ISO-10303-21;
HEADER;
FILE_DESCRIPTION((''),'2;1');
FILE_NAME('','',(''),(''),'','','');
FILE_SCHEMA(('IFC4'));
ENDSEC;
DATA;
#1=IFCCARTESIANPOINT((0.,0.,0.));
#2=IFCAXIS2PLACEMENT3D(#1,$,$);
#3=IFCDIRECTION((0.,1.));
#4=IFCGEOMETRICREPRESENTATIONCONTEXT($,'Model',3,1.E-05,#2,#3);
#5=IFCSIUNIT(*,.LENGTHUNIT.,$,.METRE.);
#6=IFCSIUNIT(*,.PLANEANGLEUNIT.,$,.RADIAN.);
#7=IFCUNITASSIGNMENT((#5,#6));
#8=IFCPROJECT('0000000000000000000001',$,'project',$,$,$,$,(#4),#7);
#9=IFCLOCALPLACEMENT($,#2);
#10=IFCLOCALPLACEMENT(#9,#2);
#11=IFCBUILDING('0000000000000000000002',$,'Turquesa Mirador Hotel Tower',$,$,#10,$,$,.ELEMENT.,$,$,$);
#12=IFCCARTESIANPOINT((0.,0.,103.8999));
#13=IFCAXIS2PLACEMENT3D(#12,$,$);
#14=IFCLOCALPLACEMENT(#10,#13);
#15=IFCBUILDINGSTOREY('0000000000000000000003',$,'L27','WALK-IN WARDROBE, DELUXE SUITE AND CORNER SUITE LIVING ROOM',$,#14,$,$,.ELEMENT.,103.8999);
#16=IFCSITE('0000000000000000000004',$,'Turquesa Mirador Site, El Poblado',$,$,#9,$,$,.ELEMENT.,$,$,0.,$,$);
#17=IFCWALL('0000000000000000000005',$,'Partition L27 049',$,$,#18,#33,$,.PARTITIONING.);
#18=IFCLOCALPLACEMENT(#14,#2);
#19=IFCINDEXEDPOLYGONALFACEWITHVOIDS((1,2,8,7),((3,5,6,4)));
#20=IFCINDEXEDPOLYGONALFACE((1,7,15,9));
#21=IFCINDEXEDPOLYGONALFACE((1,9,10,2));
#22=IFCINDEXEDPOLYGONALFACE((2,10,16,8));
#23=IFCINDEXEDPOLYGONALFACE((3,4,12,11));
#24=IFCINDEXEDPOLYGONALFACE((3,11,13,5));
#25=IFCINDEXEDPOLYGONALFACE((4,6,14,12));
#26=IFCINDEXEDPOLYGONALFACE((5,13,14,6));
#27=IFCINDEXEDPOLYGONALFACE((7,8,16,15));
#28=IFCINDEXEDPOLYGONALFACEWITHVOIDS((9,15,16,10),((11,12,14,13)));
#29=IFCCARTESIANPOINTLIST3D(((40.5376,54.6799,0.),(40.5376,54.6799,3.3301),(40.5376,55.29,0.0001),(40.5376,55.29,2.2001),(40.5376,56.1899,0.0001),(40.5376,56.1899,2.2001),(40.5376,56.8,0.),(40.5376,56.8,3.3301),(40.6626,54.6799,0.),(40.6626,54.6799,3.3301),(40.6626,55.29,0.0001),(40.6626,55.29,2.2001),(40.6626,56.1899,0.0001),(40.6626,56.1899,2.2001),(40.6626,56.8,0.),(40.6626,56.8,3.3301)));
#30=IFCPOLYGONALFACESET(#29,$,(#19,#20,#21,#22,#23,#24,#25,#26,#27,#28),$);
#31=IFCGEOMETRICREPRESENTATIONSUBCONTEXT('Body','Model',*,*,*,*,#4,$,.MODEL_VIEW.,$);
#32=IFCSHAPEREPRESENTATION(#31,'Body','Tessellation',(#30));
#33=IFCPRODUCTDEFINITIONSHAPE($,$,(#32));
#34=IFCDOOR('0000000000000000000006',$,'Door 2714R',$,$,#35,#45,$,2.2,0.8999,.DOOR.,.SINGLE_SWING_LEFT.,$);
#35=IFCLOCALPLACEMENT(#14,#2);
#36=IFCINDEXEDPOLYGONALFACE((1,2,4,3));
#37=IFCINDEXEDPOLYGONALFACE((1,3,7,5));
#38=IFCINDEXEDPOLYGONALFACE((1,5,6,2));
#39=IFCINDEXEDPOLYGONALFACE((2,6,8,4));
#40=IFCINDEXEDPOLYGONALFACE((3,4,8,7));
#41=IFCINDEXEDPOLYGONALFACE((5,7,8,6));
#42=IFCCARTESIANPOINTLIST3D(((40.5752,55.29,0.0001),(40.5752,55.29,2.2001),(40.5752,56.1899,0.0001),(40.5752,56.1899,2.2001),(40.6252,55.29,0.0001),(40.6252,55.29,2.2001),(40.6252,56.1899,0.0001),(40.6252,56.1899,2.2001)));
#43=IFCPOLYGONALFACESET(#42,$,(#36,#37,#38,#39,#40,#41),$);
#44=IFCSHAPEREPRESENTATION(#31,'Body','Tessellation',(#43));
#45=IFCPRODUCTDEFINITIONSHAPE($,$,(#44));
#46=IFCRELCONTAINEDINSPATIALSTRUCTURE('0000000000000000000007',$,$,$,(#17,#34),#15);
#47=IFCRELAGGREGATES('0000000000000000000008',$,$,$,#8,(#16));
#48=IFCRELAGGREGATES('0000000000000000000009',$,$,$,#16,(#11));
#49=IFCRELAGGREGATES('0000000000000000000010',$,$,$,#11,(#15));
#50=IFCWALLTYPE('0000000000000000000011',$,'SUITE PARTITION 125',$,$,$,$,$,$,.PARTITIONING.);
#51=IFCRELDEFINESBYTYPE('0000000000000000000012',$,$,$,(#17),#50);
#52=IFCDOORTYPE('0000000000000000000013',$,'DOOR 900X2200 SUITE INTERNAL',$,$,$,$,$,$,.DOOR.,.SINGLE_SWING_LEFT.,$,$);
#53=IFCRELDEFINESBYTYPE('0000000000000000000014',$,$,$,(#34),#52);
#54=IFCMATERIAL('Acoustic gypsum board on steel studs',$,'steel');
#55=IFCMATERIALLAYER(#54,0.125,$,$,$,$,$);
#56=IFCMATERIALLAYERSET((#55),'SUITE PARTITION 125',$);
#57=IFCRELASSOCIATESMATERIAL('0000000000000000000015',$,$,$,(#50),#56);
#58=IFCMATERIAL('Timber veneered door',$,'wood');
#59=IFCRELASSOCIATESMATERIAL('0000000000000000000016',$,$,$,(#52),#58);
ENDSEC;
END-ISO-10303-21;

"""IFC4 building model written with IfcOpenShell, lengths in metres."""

from ifc_helpers import new_model, si_unit, direction, frame, frame_2d, origin, place, context, subcontext, project, spatial, rectangle, extrude, material, layer, layer_set, type_object, element, fill, save


model = new_model("IFC4")

# Units and contexts
model_context = context("Model", 3, precision=1e-05, world=origin(), true_north=direction((0.0, 1.0)))
body_context = subcontext(model_context, "Body", "Model", "MODEL_VIEW")
ifc_project = project(units=[si_unit("LENGTHUNIT", "METRE"), si_unit("PLANEANGLEUNIT", "RADIAN")], contexts=[model_context])

# Site, building, storey
site_placement = place(None, origin())
site = spatial("IfcSite", under=ifc_project, at=site_placement, Name="Turquesa Mirador Site, El Poblado", CompositionType="ELEMENT", RefElevation=0.0)
building_placement = place(site_placement, origin())
building = spatial("IfcBuilding", under=site, at=building_placement, Name="Turquesa Mirador Hotel Tower", CompositionType="ELEMENT")
storey_placement = place(building_placement, frame((0.0, 0.0, 103.8999)))
storey = spatial("IfcBuildingStorey", under=building, at=storey_placement, Name="L27", Description="WALK-IN WARDROBE, DELUXE SUITE AND CORNER SUITE LIVING ROOM", CompositionType="ELEMENT", Elevation=103.8999)

# Wall, opening, door
ifc_material_1 = material(Name="Acoustic gypsum board on steel studs", Category="steel")
ifc_layer_1 = layer(ifc_material_1, 0.125)
ifc_layer_set_1 = layer_set([ifc_layer_1], Name="SUITE PARTITION 125")
wall_type_1 = type_object("IfcWallType", Name="SUITE PARTITION 125", PredefinedType="PARTITIONING", material=ifc_layer_set_1)
ifc_material_2 = material(Name="Timber veneered door", Category="wood")
door_type_1 = type_object("IfcDoorType", Name="DOOR 900X2200 SUITE INTERNAL", OperationType="SINGLE_SWING_LEFT", PredefinedType="DOOR", material=ifc_material_2)
wall_1_placement = place(storey_placement, frame((40.6001, 54.6799, 0.0), z_axis=(0.0, 0.0, 1.0), x_axis=(0.0, 1.0, 0.0)))
wall_1 = element("IfcWall", 1, at=wall_1_placement, inside=storey, type_object=wall_type_1, Name="Partition L27 049", PredefinedType="PARTITIONING", context=body_context, shape_type="SweptSolid", body=[
    extrude(rectangle(XDim=2.1201, YDim=0.125, at=frame_2d((1.0601, 0.0))), origin(), (0.0, 0.0, 1.0), 3.3301),
])
opening_1_placement = place(wall_1_placement, frame((0.6101, 0.0, 0.0)))
opening_1 = element("IfcOpeningElement", 2, at=opening_1_placement, cuts=wall_1, PredefinedType="OPENING", context=body_context, shape_type="SweptSolid", body=[
    extrude(rectangle(XDim=0.8999, YDim=2.2, at=frame_2d((0.45, 1.1001))), frame((0.0, 0.0725, 0.0), z_axis=(0.0, -1.0, 0.0), x_axis=(1.0, 0.0, 0.0)), (0.0, 0.0, 1.0), 0.145),
])
door_1_placement = place(opening_1_placement, origin())
door_1 = element("IfcDoor", 3, at=door_1_placement, inside=storey, type_object=door_type_1, Name="Door 2714R", OperationType="SINGLE_SWING_LEFT", OverallHeight=2.2, OverallWidth=0.8999, PredefinedType="DOOR", context=body_context, shape_type="SweptSolid", body=[
    extrude(rectangle(XDim=0.8999, YDim=2.2, at=frame_2d((0.45, 1.1001))), frame((0.0, 0.0249, 0.0), z_axis=(0.0, -1.0, 0.0), x_axis=(1.0, 0.0, 0.0)), (0.0, 0.0, 1.0), 0.05),
])
fill(opening_1, door_1)

save(model, "model.ifc")
